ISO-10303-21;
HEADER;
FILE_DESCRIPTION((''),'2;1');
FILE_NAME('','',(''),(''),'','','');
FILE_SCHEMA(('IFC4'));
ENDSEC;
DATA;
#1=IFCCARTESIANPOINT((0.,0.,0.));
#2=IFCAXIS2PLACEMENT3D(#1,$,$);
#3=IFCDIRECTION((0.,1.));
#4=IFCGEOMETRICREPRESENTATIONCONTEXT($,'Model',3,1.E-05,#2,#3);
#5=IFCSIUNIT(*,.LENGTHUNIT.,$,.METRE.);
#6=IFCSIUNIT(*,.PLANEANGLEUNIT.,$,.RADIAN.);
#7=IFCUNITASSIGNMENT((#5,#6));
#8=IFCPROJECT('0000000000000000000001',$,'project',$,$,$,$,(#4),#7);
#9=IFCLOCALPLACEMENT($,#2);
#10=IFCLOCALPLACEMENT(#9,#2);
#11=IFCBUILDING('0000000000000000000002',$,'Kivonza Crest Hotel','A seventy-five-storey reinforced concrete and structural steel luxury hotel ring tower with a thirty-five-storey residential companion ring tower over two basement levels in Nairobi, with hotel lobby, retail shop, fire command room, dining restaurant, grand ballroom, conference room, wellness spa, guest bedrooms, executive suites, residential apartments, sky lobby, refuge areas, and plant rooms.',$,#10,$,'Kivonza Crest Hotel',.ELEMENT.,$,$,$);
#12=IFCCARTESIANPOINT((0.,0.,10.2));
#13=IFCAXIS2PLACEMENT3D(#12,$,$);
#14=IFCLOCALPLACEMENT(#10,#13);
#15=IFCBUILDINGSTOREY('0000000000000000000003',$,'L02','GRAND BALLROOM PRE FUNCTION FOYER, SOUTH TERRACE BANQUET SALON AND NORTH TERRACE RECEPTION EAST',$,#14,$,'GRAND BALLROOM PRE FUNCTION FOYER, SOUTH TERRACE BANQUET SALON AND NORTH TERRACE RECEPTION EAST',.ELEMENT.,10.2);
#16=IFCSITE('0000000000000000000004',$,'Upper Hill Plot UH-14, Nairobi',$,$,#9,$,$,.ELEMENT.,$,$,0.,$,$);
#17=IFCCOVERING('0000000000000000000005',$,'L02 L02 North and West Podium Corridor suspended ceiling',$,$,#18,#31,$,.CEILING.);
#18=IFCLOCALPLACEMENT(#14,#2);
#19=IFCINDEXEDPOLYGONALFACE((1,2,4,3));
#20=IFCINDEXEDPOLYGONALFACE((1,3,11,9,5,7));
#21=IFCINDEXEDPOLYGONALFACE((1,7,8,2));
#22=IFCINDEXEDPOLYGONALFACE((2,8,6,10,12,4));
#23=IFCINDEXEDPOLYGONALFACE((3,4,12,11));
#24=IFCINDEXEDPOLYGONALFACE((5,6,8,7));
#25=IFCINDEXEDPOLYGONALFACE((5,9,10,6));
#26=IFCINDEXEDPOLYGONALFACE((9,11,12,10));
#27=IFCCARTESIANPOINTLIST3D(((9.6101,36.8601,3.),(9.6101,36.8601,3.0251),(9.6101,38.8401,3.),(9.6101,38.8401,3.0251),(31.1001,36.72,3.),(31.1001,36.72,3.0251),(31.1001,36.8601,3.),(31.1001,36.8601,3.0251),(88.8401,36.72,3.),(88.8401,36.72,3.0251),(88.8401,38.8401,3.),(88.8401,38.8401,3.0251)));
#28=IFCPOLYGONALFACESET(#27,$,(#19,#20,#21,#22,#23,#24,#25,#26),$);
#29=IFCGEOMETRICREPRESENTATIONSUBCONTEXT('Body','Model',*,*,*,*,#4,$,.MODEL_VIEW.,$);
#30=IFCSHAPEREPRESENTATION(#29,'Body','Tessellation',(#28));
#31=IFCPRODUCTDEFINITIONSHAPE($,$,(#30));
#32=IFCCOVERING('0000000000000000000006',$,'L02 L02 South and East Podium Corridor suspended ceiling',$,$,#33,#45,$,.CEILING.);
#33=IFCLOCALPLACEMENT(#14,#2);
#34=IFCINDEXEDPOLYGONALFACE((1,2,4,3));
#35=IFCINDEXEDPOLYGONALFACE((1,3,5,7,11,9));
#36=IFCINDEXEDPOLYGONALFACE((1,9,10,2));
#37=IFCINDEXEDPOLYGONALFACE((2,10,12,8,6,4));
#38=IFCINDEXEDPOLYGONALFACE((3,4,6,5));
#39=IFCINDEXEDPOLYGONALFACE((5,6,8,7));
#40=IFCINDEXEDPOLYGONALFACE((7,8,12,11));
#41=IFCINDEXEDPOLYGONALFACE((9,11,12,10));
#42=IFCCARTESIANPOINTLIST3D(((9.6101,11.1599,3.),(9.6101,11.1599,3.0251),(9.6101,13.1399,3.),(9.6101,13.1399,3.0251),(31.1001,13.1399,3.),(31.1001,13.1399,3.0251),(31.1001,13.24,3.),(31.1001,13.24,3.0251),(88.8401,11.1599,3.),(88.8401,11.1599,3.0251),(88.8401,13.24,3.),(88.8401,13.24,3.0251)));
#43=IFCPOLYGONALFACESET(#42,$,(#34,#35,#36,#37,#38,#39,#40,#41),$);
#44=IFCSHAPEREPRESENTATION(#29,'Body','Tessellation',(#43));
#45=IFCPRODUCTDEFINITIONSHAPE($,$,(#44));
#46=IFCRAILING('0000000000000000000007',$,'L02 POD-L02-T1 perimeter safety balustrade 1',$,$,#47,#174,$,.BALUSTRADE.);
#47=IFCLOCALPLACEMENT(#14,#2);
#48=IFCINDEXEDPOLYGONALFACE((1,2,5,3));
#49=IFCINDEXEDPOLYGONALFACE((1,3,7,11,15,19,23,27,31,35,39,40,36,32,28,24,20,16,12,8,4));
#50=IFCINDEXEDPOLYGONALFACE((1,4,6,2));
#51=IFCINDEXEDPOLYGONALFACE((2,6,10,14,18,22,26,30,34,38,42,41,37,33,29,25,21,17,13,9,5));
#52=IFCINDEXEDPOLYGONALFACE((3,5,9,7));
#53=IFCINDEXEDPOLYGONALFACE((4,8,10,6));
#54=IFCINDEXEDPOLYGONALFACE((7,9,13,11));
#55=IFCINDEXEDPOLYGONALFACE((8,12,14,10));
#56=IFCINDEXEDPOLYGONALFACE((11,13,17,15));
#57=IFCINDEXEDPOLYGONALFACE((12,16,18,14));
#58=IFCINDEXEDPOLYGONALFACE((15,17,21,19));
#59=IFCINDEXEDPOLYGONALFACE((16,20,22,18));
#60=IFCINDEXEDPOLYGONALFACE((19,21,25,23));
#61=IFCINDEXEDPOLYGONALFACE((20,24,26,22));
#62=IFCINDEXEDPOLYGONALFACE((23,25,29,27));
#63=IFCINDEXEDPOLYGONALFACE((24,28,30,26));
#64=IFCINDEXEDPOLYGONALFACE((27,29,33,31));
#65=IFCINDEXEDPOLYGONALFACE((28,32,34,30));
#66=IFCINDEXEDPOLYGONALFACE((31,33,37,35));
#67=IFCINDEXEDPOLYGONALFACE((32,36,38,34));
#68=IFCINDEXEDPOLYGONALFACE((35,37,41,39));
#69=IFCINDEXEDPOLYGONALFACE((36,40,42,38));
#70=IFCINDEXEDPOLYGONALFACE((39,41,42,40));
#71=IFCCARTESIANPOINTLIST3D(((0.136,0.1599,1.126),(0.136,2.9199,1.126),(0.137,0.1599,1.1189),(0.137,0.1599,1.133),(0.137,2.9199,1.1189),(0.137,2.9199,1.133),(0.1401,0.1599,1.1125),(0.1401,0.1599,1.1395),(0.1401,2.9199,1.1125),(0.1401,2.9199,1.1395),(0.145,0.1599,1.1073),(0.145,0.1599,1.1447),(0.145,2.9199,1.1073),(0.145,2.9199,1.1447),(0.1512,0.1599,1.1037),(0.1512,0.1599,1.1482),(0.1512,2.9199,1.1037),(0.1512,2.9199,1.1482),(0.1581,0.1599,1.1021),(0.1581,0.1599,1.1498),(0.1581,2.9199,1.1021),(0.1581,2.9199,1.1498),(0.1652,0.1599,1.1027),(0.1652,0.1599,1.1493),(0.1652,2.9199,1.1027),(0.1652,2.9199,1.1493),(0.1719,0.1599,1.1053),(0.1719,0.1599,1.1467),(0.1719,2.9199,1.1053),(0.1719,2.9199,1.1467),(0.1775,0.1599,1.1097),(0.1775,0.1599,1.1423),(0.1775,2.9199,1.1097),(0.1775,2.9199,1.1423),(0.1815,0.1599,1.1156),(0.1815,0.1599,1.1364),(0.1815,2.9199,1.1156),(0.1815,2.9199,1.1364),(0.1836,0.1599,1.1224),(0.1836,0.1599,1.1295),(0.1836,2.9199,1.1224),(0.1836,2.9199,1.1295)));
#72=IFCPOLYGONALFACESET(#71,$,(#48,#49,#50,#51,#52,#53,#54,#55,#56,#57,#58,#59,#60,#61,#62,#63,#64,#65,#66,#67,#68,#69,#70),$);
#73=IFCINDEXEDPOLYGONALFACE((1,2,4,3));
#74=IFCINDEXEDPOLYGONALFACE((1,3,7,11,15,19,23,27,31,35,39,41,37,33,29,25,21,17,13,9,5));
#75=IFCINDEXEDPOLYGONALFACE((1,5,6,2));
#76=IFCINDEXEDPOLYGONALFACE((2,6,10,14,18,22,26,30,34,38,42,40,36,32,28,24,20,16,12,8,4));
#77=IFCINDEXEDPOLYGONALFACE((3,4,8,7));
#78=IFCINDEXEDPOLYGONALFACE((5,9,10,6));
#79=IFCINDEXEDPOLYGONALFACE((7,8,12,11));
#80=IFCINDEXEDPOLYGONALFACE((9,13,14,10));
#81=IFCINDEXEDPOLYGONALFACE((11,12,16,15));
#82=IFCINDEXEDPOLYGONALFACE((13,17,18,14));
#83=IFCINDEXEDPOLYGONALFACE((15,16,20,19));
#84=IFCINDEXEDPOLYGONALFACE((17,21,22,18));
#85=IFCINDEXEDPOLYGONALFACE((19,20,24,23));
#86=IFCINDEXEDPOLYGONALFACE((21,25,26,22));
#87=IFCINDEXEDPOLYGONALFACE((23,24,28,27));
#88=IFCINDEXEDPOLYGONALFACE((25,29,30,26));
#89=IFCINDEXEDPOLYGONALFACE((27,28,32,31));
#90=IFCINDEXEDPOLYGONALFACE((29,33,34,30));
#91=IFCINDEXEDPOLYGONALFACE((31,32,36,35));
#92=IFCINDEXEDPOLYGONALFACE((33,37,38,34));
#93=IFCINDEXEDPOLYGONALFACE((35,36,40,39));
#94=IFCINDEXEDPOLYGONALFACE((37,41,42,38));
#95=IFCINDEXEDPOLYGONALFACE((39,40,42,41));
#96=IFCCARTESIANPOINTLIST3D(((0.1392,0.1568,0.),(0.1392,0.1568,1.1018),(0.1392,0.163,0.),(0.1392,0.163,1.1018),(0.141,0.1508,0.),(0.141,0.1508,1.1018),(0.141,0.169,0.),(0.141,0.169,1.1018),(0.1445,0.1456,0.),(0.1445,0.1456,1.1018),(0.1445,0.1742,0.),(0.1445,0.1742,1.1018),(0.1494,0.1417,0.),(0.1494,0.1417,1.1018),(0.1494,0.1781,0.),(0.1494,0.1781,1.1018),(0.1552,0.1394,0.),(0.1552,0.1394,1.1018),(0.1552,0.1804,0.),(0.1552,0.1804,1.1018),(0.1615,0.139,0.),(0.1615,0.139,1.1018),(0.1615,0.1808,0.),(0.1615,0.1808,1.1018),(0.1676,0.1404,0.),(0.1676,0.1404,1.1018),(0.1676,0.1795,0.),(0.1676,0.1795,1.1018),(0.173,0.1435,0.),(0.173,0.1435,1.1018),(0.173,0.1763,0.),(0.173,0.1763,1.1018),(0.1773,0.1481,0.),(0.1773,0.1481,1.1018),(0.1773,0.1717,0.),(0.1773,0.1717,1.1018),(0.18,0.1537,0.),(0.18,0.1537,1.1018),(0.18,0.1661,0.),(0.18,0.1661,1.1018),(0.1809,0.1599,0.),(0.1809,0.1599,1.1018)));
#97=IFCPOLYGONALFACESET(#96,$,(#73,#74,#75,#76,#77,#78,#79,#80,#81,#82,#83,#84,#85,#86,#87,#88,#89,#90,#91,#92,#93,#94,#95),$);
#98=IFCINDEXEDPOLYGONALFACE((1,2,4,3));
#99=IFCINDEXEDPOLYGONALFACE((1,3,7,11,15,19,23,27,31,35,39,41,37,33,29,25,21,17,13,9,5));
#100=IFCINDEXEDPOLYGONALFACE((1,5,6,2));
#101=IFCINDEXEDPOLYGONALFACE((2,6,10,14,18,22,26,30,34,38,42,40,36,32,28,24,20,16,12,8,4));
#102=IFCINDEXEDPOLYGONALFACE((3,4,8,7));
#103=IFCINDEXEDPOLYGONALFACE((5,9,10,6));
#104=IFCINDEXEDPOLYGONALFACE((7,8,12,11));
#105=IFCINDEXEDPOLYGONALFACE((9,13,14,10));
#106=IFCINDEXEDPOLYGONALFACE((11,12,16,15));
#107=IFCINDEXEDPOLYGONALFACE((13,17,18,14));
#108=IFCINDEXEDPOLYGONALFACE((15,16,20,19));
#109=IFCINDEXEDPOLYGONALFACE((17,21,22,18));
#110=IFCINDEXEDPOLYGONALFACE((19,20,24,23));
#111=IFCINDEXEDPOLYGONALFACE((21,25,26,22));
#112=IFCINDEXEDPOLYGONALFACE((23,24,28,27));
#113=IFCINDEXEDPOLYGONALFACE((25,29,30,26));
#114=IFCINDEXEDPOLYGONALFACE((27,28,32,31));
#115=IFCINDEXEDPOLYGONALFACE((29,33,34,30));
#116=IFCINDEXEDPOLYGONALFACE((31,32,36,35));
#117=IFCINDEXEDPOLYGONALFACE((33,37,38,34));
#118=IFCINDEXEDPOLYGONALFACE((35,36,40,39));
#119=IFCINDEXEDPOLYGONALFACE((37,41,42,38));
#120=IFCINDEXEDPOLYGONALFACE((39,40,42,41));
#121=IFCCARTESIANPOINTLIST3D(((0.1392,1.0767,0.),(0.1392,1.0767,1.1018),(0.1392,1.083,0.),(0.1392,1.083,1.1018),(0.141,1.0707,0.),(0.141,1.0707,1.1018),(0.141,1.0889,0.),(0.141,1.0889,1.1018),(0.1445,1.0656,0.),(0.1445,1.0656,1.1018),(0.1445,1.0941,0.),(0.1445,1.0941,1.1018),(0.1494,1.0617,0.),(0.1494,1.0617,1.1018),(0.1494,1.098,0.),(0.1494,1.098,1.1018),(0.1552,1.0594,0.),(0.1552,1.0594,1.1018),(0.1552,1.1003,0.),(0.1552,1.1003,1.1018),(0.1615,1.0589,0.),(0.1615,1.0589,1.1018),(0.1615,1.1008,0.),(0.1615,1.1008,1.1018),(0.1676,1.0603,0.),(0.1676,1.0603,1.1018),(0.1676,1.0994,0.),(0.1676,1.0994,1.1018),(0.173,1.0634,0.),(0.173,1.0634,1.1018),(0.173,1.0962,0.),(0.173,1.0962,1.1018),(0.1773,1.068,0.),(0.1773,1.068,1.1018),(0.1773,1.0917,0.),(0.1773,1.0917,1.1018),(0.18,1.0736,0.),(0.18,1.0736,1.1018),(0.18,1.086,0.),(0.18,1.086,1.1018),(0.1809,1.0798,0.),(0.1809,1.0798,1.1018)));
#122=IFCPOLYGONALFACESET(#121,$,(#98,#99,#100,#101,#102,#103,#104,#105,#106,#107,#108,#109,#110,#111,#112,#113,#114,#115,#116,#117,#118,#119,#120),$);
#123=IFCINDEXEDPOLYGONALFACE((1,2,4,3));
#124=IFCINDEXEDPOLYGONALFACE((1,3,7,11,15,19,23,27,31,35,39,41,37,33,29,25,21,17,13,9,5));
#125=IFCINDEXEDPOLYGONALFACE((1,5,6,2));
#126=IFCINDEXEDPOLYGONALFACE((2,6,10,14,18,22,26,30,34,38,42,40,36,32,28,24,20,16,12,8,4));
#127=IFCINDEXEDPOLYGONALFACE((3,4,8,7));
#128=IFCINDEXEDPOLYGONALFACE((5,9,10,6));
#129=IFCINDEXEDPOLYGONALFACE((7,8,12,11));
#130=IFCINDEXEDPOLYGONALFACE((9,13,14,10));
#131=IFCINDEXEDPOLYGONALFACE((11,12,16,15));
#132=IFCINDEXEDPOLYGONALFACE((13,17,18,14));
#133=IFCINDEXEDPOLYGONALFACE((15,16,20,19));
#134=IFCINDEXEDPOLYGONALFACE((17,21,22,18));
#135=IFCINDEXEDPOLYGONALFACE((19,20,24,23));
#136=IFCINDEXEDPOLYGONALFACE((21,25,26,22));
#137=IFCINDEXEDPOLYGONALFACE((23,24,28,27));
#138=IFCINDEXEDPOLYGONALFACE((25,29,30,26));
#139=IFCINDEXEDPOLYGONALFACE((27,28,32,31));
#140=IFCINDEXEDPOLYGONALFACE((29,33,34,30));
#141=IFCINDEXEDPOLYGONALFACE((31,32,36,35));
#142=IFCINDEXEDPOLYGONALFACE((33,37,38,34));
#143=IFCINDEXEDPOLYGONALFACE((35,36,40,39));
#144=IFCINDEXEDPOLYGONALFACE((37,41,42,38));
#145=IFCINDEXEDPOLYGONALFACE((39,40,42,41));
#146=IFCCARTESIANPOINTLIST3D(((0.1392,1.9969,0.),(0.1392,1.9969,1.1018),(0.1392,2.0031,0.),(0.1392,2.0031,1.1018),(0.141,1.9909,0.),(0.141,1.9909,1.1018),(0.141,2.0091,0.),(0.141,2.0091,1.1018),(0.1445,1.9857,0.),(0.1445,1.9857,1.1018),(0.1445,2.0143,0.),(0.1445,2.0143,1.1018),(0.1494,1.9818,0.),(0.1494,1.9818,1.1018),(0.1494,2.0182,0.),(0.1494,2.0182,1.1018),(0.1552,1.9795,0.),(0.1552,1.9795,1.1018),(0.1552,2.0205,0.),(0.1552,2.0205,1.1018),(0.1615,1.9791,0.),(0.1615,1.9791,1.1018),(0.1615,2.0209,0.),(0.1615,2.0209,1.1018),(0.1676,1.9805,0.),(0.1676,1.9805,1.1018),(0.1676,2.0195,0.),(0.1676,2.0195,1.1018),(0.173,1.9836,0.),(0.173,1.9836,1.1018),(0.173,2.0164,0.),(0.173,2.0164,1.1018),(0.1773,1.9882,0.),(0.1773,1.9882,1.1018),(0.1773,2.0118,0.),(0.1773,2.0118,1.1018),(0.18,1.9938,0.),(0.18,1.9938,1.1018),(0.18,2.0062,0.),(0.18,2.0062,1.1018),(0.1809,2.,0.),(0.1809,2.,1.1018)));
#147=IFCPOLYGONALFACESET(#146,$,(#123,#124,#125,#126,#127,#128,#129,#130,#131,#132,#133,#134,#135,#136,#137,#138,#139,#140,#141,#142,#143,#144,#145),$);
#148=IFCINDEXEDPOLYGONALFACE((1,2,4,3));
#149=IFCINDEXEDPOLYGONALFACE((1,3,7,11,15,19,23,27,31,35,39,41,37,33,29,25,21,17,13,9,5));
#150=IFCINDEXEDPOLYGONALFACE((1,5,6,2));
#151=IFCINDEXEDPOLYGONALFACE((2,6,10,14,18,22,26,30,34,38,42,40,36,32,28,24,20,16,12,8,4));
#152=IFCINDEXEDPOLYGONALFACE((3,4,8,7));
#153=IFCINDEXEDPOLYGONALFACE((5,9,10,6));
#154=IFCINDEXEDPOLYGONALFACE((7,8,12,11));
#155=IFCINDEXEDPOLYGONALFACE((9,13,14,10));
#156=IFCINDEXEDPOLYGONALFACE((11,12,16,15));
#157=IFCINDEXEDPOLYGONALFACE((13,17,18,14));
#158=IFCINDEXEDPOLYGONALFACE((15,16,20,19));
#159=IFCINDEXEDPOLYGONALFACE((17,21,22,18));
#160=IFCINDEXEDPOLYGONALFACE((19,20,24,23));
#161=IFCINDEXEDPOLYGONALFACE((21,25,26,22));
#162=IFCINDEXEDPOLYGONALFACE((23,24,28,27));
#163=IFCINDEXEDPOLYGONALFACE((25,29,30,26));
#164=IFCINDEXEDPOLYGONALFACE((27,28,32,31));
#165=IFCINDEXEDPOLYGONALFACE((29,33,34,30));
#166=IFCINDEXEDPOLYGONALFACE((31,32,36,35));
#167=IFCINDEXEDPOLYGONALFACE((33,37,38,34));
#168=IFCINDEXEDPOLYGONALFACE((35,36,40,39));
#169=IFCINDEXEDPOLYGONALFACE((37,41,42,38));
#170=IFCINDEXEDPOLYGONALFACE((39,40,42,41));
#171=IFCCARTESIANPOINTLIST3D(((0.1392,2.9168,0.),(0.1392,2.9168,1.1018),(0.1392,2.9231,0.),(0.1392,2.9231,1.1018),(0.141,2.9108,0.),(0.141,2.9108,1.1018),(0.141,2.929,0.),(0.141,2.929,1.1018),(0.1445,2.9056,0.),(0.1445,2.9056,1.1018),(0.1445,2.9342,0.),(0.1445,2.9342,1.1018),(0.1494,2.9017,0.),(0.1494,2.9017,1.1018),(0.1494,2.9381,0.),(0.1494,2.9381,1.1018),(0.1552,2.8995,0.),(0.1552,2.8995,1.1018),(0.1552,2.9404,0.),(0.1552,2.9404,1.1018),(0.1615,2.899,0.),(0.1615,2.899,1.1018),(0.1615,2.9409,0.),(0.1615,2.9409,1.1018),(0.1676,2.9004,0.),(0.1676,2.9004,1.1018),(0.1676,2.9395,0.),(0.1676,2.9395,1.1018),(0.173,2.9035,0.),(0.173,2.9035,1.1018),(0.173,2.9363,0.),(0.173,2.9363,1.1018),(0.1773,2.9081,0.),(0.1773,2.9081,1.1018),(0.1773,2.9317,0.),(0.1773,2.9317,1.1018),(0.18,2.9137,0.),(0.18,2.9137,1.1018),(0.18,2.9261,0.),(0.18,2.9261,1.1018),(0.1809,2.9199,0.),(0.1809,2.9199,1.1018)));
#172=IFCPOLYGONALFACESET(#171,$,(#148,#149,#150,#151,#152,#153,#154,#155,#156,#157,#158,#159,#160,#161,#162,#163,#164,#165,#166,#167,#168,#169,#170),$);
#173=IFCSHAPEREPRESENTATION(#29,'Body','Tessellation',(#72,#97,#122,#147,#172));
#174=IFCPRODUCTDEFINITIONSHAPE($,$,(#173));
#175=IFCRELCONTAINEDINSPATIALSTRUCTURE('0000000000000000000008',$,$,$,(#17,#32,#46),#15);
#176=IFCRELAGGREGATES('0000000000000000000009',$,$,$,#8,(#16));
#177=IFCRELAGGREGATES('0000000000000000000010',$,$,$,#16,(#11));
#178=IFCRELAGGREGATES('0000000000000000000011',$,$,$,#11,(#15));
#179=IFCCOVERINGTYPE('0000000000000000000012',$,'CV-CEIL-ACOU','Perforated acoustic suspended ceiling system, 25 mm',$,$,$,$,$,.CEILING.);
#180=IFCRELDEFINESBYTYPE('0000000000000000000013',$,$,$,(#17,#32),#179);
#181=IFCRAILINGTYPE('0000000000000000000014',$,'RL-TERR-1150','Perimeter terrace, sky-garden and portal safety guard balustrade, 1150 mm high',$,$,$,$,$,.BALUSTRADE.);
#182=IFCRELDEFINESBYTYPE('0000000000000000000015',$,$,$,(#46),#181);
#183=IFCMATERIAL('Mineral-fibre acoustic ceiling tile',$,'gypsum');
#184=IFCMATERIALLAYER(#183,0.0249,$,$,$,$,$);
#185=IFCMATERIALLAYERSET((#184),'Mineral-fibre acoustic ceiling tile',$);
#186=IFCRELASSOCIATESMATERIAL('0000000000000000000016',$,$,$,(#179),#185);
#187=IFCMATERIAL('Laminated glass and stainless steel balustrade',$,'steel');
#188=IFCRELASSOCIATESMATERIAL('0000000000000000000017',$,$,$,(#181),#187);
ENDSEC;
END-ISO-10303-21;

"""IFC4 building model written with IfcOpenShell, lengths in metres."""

from ifc_helpers import new_model, si_unit, direction, frame, origin, origin_2d, place, context, subcontext, project, spatial, polyline, circle, outline, extrude, material, layer, layer_set, type_object, element, save


model = new_model("IFC4")

# Units and contexts
model_context = context("Model", 3, precision=1e-05, world=origin(), true_north=direction((0.0, 1.0)))
body_context = subcontext(model_context, "Body", "Model", "MODEL_VIEW")
ifc_project = project(units=[si_unit("LENGTHUNIT", "METRE"), si_unit("PLANEANGLEUNIT", "RADIAN")], contexts=[model_context])

# Site, building, storey
site_placement = place(None, origin())
site = spatial("IfcSite", under=ifc_project, at=site_placement, Name="Upper Hill Plot UH-14, Nairobi", CompositionType="ELEMENT", RefElevation=0.0)
building_placement = place(site_placement, origin())
building = spatial("IfcBuilding", under=site, at=building_placement, Name="Kivonza Crest Hotel", Description="A seventy-five-storey reinforced concrete and structural steel luxury hotel ring tower with a thirty-five-storey residential companion ring tower over two basement levels in Nairobi, with hotel lobby, retail shop, fire command room, dining restaurant, grand ballroom, conference room, wellness spa, guest bedrooms, executive suites, residential apartments, sky lobby, refuge areas, and plant rooms.", LongName="Kivonza Crest Hotel", CompositionType="ELEMENT")
storey_placement = place(building_placement, frame((0.0, 0.0, 10.2)))
storey = spatial("IfcBuildingStorey", under=building, at=storey_placement, Name="L02", Description="GRAND BALLROOM PRE FUNCTION FOYER, SOUTH TERRACE BANQUET SALON AND NORTH TERRACE RECEPTION EAST", LongName="GRAND BALLROOM PRE FUNCTION FOYER, SOUTH TERRACE BANQUET SALON AND NORTH TERRACE RECEPTION EAST", CompositionType="ELEMENT", Elevation=10.2)

# Coverings
ifc_material_1 = material(Name="Mineral-fibre acoustic ceiling tile", Category="gypsum")
ifc_layer_1 = layer(ifc_material_1, 0.0249)
ifc_layer_set_1 = layer_set([ifc_layer_1], Name="Mineral-fibre acoustic ceiling tile")
covering_type = type_object("IfcCoveringType", Name="CV-CEIL-ACOU", Description="Perforated acoustic suspended ceiling system, 25 mm", PredefinedType="CEILING", material=ifc_layer_set_1)
covering_1_placement = place(storey_placement, frame((0.0, 0.0, 3.0)))
element("IfcCovering", 1, at=covering_1_placement, inside=storey, type_object=covering_type, Name="L02 L02 North and West Podium Corridor suspended ceiling", PredefinedType="CEILING", context=body_context, shape_type="SweptSolid", body=[
    extrude(outline(polyline([(88.8401, 38.8401), (9.6101, 38.8401), (9.6101, 36.8601), (31.1001, 36.8601), (31.1001, 36.72), (88.8401, 36.72), (88.8401, 38.8401)])), origin(), (0.0, 0.0, 1.0), 0.0251),
])
covering_2_placement = place(storey_placement, frame((0.0, 0.0, 3.0)))
element("IfcCovering", 2, at=covering_2_placement, inside=storey, type_object=covering_type, Name="L02 L02 South and East Podium Corridor suspended ceiling", PredefinedType="CEILING", context=body_context, shape_type="SweptSolid", body=[
    extrude(outline(polyline([(88.8401, 11.1599), (88.8401, 13.24), (31.1001, 13.24), (31.1001, 13.1399), (9.6101, 13.1399), (9.6101, 11.1599), (88.8401, 11.1599)])), origin(), (0.0, 0.0, 1.0), 0.0251),
])

# Railing
ifc_material_2 = material(Name="Laminated glass and stainless steel balustrade", Category="steel")
railing_type = type_object("IfcRailingType", Name="RL-TERR-1150", Description="Perimeter terrace, sky-garden and portal safety guard balustrade, 1150 mm high", PredefinedType="BALUSTRADE", material=ifc_material_2)
railing_placement = place(storey_placement, frame((0.1599, 0.1599, 0.0)))
element("IfcRailing", 3, at=railing_placement, inside=storey, type_object=railing_type, Name="L02 POD-L02-T1 perimeter safety balustrade 1", PredefinedType="BALUSTRADE", context=body_context, shape_type="SweptSolid", body=[
    extrude(circle(Radius=0.0239, at=origin_2d()), frame((0.0, 0.0, 1.126), z_axis=(0.0, 1.0, 0.0), x_axis=(-1.0, 0.0, 0.0)), (0.0, 0.0, 1.0), 2.76),
    extrude(circle(Radius=0.021, at=origin_2d()), origin(), (0.0, 0.0, 1.0), 1.1018),
    extrude(circle(Radius=0.021, at=origin_2d()), frame((0.0, 0.9199, 0.0)), (0.0, 0.0, 1.0), 1.1018),
    extrude(circle(Radius=0.021, at=origin_2d()), frame((0.0, 1.8401, 0.0)), (0.0, 0.0, 1.0), 1.1018),
    extrude(circle(Radius=0.021, at=origin_2d()), frame((0.0, 2.76, 0.0)), (0.0, 0.0, 1.0), 1.1018),
])

save(model, "model.ifc")
